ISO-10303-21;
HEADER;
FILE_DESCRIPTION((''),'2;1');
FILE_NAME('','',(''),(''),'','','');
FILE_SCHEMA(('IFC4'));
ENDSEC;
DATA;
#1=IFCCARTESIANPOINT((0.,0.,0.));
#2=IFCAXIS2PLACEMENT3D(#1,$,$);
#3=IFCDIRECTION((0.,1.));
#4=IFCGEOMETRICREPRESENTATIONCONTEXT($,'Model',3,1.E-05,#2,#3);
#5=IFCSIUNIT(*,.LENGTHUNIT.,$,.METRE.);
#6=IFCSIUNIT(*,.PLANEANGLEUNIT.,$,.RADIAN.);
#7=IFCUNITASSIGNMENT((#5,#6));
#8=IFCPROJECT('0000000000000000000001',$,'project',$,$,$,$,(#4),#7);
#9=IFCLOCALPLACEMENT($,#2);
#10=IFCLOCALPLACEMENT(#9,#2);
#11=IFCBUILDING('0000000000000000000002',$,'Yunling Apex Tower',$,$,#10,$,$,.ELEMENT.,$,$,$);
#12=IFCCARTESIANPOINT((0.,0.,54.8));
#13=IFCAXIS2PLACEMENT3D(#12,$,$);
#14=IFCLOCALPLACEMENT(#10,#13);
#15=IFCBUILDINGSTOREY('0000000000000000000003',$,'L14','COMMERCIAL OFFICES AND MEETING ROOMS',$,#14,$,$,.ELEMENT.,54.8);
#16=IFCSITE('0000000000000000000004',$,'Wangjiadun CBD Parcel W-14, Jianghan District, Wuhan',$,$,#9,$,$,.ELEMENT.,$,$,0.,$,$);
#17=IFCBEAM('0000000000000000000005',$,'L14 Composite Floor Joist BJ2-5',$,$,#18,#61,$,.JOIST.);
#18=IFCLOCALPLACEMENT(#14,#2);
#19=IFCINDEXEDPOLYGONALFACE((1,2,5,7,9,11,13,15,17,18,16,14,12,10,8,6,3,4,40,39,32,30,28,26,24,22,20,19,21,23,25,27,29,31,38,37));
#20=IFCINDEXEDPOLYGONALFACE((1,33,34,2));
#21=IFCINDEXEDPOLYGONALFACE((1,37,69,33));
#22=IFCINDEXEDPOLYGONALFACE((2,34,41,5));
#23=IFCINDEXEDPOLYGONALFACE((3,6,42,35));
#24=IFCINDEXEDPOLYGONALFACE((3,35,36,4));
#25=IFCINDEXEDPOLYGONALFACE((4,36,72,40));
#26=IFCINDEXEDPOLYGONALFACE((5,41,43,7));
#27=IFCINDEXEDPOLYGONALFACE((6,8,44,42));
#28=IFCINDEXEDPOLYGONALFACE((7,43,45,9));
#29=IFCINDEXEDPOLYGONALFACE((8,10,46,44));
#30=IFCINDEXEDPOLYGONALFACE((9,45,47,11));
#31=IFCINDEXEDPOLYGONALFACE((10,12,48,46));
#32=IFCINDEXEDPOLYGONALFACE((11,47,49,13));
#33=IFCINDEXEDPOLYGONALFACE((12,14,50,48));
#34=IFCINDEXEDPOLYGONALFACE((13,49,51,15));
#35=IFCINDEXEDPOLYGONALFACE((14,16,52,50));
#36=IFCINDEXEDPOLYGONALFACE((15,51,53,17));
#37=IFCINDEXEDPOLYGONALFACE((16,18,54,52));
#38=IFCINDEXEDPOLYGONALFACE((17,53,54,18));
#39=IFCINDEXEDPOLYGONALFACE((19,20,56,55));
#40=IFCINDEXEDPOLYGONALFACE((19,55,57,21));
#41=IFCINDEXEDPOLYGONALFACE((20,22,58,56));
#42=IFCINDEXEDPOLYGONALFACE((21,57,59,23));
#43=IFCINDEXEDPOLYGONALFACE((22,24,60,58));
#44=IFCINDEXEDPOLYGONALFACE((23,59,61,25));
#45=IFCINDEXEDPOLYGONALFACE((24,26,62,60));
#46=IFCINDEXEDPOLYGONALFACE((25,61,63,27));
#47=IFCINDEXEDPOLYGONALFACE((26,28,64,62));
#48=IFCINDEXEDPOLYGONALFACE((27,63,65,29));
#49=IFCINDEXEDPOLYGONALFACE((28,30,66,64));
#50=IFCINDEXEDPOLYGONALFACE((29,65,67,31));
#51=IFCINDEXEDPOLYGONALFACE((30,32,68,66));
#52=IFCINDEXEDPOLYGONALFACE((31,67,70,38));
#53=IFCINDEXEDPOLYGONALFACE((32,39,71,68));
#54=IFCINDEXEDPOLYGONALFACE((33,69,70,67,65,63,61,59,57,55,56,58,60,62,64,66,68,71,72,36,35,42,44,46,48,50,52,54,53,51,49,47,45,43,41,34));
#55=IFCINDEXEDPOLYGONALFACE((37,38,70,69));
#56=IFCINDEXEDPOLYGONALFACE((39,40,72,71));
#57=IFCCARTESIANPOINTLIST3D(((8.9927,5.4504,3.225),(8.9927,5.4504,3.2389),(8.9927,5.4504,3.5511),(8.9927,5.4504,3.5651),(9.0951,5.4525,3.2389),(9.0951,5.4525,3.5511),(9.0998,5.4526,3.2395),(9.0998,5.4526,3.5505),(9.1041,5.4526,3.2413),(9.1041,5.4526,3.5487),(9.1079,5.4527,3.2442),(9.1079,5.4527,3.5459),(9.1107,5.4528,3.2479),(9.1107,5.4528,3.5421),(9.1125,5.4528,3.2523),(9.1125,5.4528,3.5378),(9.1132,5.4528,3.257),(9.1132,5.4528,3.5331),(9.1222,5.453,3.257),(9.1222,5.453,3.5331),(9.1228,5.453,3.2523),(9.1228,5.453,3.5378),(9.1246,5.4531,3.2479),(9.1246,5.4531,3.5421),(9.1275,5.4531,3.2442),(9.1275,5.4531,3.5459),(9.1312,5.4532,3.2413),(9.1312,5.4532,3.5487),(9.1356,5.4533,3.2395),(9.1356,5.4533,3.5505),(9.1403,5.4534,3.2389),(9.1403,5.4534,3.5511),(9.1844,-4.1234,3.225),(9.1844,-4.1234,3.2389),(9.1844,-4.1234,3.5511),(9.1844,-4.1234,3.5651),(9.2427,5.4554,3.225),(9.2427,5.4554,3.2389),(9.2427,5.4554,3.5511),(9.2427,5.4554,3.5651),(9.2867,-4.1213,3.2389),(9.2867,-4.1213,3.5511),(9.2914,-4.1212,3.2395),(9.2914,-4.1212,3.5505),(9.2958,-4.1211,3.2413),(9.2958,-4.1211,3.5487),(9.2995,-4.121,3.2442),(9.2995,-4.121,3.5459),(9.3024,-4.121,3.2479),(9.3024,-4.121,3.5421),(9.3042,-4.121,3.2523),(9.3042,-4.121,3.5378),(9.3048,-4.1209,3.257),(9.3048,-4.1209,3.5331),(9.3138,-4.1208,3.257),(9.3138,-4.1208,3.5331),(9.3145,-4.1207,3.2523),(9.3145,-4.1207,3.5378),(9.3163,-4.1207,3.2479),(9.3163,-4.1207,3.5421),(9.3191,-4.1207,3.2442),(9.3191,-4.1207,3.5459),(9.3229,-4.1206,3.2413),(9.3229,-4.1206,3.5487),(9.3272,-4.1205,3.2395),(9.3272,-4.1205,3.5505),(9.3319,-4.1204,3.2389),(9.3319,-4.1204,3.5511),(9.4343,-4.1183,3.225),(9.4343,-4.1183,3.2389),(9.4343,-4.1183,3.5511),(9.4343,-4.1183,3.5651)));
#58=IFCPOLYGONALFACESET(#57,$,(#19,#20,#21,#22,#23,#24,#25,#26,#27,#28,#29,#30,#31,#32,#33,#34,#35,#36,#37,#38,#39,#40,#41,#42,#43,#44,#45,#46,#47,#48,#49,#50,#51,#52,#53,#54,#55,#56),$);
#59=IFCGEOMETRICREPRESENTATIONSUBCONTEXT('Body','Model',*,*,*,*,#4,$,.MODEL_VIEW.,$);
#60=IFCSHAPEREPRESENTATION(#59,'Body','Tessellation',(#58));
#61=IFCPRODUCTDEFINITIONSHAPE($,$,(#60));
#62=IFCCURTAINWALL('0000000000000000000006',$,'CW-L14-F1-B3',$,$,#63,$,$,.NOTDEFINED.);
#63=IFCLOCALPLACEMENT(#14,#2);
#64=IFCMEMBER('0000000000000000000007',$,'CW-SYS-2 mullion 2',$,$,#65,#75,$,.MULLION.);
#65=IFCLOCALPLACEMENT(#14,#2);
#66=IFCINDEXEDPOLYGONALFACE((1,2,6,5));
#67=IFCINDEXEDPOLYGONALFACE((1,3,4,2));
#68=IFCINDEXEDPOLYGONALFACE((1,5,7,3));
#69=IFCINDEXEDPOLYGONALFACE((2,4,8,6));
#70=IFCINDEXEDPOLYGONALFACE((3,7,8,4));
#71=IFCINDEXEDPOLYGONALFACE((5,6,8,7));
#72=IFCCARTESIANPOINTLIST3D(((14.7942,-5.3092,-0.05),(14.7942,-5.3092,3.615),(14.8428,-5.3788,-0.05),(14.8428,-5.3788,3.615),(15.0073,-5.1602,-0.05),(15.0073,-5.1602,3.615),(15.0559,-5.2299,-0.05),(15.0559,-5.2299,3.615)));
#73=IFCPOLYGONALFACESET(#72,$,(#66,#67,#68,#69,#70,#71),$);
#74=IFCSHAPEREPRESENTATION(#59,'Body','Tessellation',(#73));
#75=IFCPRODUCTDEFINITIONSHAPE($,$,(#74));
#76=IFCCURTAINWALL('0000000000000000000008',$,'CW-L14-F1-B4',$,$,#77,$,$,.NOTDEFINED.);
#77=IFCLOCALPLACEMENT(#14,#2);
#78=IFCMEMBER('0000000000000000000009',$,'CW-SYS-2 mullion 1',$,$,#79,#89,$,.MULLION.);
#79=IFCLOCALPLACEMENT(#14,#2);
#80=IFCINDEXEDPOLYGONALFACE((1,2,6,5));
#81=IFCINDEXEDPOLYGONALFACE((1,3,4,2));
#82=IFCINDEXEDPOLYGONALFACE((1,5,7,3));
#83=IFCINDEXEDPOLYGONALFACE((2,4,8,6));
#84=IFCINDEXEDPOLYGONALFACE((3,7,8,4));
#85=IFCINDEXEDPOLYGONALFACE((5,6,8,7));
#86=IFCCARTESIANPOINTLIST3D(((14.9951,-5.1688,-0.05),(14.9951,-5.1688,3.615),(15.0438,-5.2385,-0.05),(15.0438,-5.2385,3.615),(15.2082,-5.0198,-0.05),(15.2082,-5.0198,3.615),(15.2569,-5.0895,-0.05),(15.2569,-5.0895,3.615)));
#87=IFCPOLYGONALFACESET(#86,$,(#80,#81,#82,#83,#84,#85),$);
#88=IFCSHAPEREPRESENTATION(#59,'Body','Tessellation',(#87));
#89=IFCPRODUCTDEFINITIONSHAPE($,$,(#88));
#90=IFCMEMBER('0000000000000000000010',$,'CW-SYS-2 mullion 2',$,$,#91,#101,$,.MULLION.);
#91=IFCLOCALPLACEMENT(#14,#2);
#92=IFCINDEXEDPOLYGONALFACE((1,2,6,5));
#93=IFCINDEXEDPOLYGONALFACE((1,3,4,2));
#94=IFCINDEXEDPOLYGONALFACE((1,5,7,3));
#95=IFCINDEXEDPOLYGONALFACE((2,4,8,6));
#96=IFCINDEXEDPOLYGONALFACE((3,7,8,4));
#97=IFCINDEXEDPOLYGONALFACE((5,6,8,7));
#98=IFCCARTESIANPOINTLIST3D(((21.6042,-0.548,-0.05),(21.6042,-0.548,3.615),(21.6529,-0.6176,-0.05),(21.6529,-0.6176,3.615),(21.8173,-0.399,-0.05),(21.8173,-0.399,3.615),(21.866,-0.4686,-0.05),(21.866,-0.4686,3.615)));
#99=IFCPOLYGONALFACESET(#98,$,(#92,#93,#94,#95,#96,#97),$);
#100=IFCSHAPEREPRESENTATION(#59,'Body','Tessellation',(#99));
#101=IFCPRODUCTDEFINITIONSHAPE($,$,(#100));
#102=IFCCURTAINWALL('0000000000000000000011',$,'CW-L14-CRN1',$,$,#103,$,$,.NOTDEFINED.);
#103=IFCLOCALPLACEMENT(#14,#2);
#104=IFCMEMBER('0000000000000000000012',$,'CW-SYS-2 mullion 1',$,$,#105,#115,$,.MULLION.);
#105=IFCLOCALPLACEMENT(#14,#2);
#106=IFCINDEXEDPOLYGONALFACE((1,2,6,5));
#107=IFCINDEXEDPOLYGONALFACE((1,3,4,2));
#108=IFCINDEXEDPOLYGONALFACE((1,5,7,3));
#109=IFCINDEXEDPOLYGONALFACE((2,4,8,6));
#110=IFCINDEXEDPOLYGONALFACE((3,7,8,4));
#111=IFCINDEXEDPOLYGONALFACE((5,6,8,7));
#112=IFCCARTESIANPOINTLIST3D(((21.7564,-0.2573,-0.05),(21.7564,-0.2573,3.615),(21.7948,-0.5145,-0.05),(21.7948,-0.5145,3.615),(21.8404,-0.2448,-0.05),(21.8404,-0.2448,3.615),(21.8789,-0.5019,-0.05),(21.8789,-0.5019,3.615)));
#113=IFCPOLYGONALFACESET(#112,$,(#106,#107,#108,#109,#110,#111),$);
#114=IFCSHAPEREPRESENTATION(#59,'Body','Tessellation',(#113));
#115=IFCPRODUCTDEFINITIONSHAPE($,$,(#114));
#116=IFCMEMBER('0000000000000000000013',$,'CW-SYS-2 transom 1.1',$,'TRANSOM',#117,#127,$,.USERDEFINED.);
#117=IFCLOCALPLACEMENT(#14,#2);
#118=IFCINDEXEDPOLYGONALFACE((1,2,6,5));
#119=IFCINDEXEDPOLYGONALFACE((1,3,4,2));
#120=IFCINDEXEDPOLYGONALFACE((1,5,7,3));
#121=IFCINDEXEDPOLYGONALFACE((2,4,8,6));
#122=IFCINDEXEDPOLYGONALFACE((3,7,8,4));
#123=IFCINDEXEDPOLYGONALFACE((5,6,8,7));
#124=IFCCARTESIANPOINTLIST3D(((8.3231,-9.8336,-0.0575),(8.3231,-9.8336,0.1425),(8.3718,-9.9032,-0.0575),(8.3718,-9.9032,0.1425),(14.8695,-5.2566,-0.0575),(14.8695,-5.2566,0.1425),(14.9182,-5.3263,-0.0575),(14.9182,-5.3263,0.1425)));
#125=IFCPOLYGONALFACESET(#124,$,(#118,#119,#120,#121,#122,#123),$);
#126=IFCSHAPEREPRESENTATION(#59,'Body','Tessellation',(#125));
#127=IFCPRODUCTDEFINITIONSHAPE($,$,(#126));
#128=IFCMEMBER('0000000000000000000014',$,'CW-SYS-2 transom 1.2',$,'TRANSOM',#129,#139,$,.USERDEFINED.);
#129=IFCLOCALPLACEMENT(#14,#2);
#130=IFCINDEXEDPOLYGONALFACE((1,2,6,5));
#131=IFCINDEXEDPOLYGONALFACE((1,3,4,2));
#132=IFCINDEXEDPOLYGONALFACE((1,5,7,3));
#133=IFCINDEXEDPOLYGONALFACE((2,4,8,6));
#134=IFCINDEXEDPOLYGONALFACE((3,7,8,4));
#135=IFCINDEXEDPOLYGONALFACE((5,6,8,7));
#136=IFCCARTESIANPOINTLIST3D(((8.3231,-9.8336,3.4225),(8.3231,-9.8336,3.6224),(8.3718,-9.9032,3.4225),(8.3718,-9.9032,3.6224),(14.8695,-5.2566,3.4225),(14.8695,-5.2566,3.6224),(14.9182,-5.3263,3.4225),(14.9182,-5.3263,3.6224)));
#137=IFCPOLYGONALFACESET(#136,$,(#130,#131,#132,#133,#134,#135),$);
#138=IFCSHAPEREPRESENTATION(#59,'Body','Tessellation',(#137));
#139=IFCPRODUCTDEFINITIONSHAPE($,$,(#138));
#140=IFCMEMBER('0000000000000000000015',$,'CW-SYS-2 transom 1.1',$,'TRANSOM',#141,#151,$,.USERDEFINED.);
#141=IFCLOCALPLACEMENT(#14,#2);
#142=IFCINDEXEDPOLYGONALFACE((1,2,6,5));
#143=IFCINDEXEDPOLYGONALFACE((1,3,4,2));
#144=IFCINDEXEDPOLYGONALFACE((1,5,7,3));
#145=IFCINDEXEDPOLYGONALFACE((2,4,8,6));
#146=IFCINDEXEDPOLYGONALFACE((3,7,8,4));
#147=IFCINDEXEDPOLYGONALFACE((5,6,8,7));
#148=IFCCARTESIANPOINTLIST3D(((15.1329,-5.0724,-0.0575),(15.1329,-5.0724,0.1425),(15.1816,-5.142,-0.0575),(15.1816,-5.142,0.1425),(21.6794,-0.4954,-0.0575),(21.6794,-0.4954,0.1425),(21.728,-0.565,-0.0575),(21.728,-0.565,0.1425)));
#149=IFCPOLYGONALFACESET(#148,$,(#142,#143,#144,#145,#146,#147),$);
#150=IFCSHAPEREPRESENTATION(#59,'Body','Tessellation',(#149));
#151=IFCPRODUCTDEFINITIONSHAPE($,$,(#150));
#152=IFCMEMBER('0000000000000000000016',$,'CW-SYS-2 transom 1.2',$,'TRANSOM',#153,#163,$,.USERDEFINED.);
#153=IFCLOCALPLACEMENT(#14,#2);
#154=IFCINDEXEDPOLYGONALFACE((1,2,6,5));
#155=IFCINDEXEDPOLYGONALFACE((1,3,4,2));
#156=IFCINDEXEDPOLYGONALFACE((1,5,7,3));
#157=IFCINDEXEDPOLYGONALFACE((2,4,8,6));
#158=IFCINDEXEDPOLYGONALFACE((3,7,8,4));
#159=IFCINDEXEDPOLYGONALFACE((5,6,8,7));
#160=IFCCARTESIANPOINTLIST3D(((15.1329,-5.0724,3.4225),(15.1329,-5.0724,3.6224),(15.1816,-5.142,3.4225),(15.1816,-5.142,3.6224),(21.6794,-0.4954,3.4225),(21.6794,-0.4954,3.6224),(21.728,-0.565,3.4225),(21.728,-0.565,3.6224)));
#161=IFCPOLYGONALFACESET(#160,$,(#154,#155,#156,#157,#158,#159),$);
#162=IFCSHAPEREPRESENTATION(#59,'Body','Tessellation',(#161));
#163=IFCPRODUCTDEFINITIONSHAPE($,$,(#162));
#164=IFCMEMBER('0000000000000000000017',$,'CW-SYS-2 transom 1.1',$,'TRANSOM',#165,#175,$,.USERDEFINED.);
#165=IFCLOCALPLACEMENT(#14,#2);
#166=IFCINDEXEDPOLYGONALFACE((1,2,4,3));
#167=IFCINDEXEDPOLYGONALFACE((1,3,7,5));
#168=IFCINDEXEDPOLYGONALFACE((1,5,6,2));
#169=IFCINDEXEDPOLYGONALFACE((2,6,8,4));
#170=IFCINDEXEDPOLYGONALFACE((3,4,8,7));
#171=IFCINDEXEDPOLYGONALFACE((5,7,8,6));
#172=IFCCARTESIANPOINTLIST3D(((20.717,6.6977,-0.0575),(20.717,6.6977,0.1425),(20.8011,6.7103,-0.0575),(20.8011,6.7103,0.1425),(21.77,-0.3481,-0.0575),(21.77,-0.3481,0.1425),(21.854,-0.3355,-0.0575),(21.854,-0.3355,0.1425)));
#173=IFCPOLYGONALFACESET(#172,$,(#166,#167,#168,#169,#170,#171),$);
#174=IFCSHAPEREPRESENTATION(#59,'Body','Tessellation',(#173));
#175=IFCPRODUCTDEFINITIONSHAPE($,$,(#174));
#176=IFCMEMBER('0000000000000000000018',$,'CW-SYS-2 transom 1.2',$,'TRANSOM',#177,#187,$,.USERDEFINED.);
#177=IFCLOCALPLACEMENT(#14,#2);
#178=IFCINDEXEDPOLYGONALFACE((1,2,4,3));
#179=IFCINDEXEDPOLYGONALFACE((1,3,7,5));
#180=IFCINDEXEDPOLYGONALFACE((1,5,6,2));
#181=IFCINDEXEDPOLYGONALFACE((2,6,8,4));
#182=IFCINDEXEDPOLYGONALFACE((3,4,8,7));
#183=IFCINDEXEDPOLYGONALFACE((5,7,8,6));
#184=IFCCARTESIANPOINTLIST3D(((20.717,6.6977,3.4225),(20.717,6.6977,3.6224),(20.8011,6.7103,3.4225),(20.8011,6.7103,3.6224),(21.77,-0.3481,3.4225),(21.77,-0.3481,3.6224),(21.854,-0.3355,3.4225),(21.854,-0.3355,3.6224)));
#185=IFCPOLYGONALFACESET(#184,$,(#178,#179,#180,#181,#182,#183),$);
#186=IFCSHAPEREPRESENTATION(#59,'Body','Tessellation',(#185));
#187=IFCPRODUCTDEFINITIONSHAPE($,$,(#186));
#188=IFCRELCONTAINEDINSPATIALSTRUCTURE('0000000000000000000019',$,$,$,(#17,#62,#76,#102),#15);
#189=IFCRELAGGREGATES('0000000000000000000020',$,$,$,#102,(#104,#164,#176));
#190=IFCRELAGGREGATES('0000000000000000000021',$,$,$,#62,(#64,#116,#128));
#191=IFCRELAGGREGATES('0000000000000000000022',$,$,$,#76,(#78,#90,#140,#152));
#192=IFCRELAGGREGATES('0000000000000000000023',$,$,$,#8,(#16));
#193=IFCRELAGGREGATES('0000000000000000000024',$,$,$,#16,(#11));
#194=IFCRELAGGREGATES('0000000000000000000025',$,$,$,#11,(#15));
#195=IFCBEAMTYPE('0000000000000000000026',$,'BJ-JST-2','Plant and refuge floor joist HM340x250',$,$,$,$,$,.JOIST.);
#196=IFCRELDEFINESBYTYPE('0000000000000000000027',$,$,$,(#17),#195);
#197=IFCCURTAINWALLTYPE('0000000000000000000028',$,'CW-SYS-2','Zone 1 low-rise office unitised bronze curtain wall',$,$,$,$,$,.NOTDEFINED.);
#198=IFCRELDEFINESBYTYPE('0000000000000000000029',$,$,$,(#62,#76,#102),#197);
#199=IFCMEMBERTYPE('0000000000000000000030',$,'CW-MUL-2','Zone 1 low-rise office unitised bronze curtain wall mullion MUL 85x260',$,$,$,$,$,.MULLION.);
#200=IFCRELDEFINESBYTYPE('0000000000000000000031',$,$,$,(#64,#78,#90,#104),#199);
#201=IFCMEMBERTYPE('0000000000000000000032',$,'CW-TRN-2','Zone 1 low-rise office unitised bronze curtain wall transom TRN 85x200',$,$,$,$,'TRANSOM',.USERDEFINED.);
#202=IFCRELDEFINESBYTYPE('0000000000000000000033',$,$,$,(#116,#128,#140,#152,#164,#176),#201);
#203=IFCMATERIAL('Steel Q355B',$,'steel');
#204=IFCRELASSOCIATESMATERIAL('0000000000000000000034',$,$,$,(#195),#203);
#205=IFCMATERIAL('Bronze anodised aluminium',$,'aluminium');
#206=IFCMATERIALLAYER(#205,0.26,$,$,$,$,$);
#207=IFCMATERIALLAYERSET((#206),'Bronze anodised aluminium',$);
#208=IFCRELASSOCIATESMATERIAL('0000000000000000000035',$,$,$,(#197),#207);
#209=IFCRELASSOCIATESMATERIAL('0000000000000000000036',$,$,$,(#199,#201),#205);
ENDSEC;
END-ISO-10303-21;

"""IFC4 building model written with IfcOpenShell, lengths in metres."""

from ifc_helpers import new_model, si_unit, direction, frame, origin, origin_2d, place, context, subcontext, project, spatial, rectangle, i_section, extrude, source, transform, mapped, material, layer, layer_set, material_profile, profile_set, type_object, element, aggregate, save


model = new_model("IFC4")

# Units and contexts
model_context = context("Model", 3, precision=1e-05, world=origin(), true_north=direction((0.0, 1.0)))
body_context = subcontext(model_context, "Body", "Model", "MODEL_VIEW")
ifc_project = project(units=[si_unit("LENGTHUNIT", "METRE"), si_unit("PLANEANGLEUNIT", "RADIAN")], contexts=[model_context])

# Site, building, storey
site_placement = place(None, origin())
site = spatial("IfcSite", under=ifc_project, at=site_placement, Name="Wangjiadun CBD Parcel W-14, Jianghan District, Wuhan", CompositionType="ELEMENT", RefElevation=0.0)
building_placement = place(site_placement, origin())
building = spatial("IfcBuilding", under=site, at=building_placement, Name="Yunling Apex Tower", CompositionType="ELEMENT")
storey_placement = place(building_placement, frame((0.0, 0.0, 54.8)))
storey = spatial("IfcBuildingStorey", under=building, at=storey_placement, Name="L14", Description="COMMERCIAL OFFICES AND MEETING ROOMS", CompositionType="ELEMENT", Elevation=54.8)

# Beam
ifc_material_1 = material(Name="Steel Q355B", Category="steel")
ifc_material_profile_1 = material_profile(ifc_material_1, i_section(OverallWidth=0.25, OverallDepth=0.3401, WebThickness=0.009, FlangeThickness=0.0139, FilletRadius=0.0181, at=origin_2d()))
ifc_profile_set_1 = profile_set([ifc_material_profile_1], Name="Steel Q355B")
beam_type_1 = type_object("IfcBeamType", Name="BJ-JST-2", Description="Plant and refuge floor joist HM340x250", PredefinedType="JOIST", material=ifc_profile_set_1)
shared_shape_1 = source(origin(), body_context, "Body", "SweptSolid", [
    extrude(i_section(OverallWidth=0.25, OverallDepth=0.3401, WebThickness=0.009, FlangeThickness=0.0139, FilletRadius=0.0181, at=origin_2d()), origin(), (0.0, 0.0, 1.0), 9.5757),
])
beam_1_placement = place(storey_placement, frame((9.3093, -4.1208, 3.395), z_axis=(-0.020014, 0.9998, 0.0), x_axis=(-0.9998, -0.020014, 0.0)))
element("IfcBeam", 1, at=beam_1_placement, inside=storey, type_object=beam_type_1, Name="L14 Composite Floor Joist BJ2-5", PredefinedType="JOIST", context=body_context, shape_type="MappedRepresentation", body=[
    mapped(shared_shape_1, transform((0.0, 0.0, 0.0), scale=1.0)),
])

# Curtain wall, member
ifc_material_2 = material(Name="Bronze anodised aluminium", Category="aluminium")
ifc_layer_1 = layer(ifc_material_2, 0.26)
ifc_layer_set_1 = layer_set([ifc_layer_1], Name="Bronze anodised aluminium")
curtain_wall_type = type_object("IfcCurtainWallType", Name="CW-SYS-2", Description="Zone 1 low-rise office unitised bronze curtain wall", PredefinedType="NOTDEFINED", material=ifc_layer_set_1)
curtain_wall_1_placement = place(storey_placement, origin())
curtain_wall_1 = element("IfcCurtainWall", 2, at=curtain_wall_1_placement, inside=storey, type_object=curtain_wall_type, Name="CW-L14-F1-B3", PredefinedType="NOTDEFINED")
ifc_material_profile_2 = material_profile(ifc_material_2, rectangle(XDim=0.085, YDim=0.26, at=origin_2d()))
ifc_profile_set_2 = profile_set([ifc_material_profile_2], Name="Bronze anodised aluminium")
member_type_1 = type_object("IfcMemberType", Name="CW-MUL-2", Description="Zone 1 low-rise office unitised bronze curtain wall mullion MUL 85x260", PredefinedType="MULLION", material=ifc_profile_set_2)
shared_shape_2 = source(origin(), body_context, "Body", "SweptSolid", [
    extrude(rectangle(XDim=0.085, YDim=0.26, at=origin_2d()), origin(), (0.0, 0.0, 1.0), 3.665),
])
member_1_placement = place(storey_placement, frame((14.925, -5.2695, -0.05), z_axis=(0.0, 0.0, 1.0), x_axis=(-0.572996, 0.819558, 0.0)))
member_1 = element("IfcMember", 3, at=member_1_placement, type_object=member_type_1, Name="CW-SYS-2 mullion 2", PredefinedType="MULLION", context=body_context, shape_type="MappedRepresentation", body=[
    mapped(shared_shape_2, transform((0.0, 0.0, 0.0), scale=1.0)),
])

# Curtain wall, members
curtain_wall_2_placement = place(storey_placement, origin())
curtain_wall_2 = element("IfcCurtainWall", 4, at=curtain_wall_2_placement, inside=storey, type_object=curtain_wall_type, Name="CW-L14-F1-B4", PredefinedType="NOTDEFINED")
member_2_placement = place(storey_placement, frame((15.126, -5.1292, -0.05), z_axis=(0.0, 0.0, 1.0), x_axis=(-0.573004, 0.819552, 0.0)))
member_2 = element("IfcMember", 5, at=member_2_placement, type_object=member_type_1, Name="CW-SYS-2 mullion 1", PredefinedType="MULLION", context=body_context, shape_type="MappedRepresentation", body=[
    mapped(shared_shape_2, transform((0.0, 0.0, 0.0), scale=1.0)),
])
member_3_placement = place(storey_placement, frame((21.7351, -0.5083, -0.05), z_axis=(0.0, 0.0, 1.0), x_axis=(-0.573004, 0.819552, 0.0)))
member_3 = element("IfcMember", 6, at=member_3_placement, type_object=member_type_1, Name="CW-SYS-2 mullion 2", PredefinedType="MULLION", context=body_context, shape_type="MappedRepresentation", body=[
    mapped(shared_shape_2, transform((0.0, 0.0, 0.0), scale=1.0)),
])

# Curtain wall, member
curtain_wall_3_placement = place(storey_placement, origin())
curtain_wall_3 = element("IfcCurtainWall", 7, at=curtain_wall_3_placement, inside=storey, type_object=curtain_wall_type, Name="CW-L14-CRN1", PredefinedType="NOTDEFINED")
member_4_placement = place(storey_placement, frame((21.8176, -0.3796, -0.05), z_axis=(0.0, 0.0, 1.0), x_axis=(-0.989018, -0.147798, 0.0)))
member_4 = element("IfcMember", 8, at=member_4_placement, type_object=member_type_1, Name="CW-SYS-2 mullion 1", PredefinedType="MULLION", context=body_context, shape_type="MappedRepresentation", body=[
    mapped(shared_shape_2, transform((0.0, 0.0, 0.0), scale=1.0)),
])

# Members
ifc_material_profile_3 = material_profile(ifc_material_2, rectangle(XDim=0.085, YDim=0.2, at=origin_2d()))
ifc_profile_set_3 = profile_set([ifc_material_profile_3], Name="Bronze anodised aluminium")
member_type_2 = type_object("IfcMemberType", Name="CW-TRN-2", Description="Zone 1 low-rise office unitised bronze curtain wall transom TRN 85x200", ElementType="TRANSOM", PredefinedType="USERDEFINED", material=ifc_profile_set_3)
shared_shape_3 = source(origin(), body_context, "Body", "SweptSolid", [
    extrude(rectangle(XDim=0.085, YDim=0.2, at=origin_2d()), origin(), (0.0, 0.0, 1.0), 7.9878),
])
member_5_placement = place(storey_placement, frame((8.3474, -9.8684, 0.0425), z_axis=(0.819559, 0.572995, 0.0), x_axis=(-0.572995, 0.819559, 0.0)))
member_5 = element("IfcMember", 9, at=member_5_placement, type_object=member_type_2, Name="CW-SYS-2 transom 1.1", ObjectType="TRANSOM", PredefinedType="USERDEFINED", context=body_context, shape_type="MappedRepresentation", body=[
    mapped(shared_shape_3, transform((0.0, 0.0, 0.0), scale=1.0)),
])
member_6_placement = place(storey_placement, frame((8.3474, -9.8684, 3.5225), z_axis=(0.819559, 0.572995, 0.0), x_axis=(-0.572995, 0.819559, 0.0)))
member_6 = element("IfcMember", 10, at=member_6_placement, type_object=member_type_2, Name="CW-SYS-2 transom 1.2", ObjectType="TRANSOM", PredefinedType="USERDEFINED", context=body_context, shape_type="MappedRepresentation", body=[
    mapped(shared_shape_3, transform((0.0, 0.0, 0.0), scale=1.0)),
])
member_7_placement = place(storey_placement, frame((15.1572, -5.1072, 0.0425), z_axis=(0.819559, 0.572995, 0.0), x_axis=(-0.572995, 0.819559, 0.0)))
member_7 = element("IfcMember", 11, at=member_7_placement, type_object=member_type_2, Name="CW-SYS-2 transom 1.1", ObjectType="TRANSOM", PredefinedType="USERDEFINED", context=body_context, shape_type="MappedRepresentation", body=[
    mapped(shared_shape_3, transform((0.0, 0.0, 0.0), scale=1.0)),
])
member_8_placement = place(storey_placement, frame((15.1572, -5.1072, 3.5225), z_axis=(0.819559, 0.572995, 0.0), x_axis=(-0.572995, 0.819559, 0.0)))
member_8 = element("IfcMember", 12, at=member_8_placement, type_object=member_type_2, Name="CW-SYS-2 transom 1.2", ObjectType="TRANSOM", PredefinedType="USERDEFINED", context=body_context, shape_type="MappedRepresentation", body=[
    mapped(shared_shape_3, transform((0.0, 0.0, 0.0), scale=1.0)),
])
shared_shape_4 = source(origin(), body_context, "Body", "SweptSolid", [
    extrude(rectangle(XDim=0.085, YDim=0.2, at=origin_2d()), origin(), (0.0, 0.0, 1.0), 7.124),
])
member_9_placement = place(storey_placement, frame((21.812, -0.3418, 0.0425), z_axis=(-0.147804, 0.989017, 0.0), x_axis=(-0.989017, -0.147804, 0.0)))
member_9 = element("IfcMember", 13, at=member_9_placement, type_object=member_type_2, Name="CW-SYS-2 transom 1.1", ObjectType="TRANSOM", PredefinedType="USERDEFINED", context=body_context, shape_type="MappedRepresentation", body=[
    mapped(shared_shape_4, transform((0.0, 0.0, 0.0), scale=1.0)),
])
member_10_placement = place(storey_placement, frame((21.812, -0.3418, 3.5225), z_axis=(-0.147804, 0.989017, 0.0), x_axis=(-0.989017, -0.147804, 0.0)))
member_10 = element("IfcMember", 14, at=member_10_placement, type_object=member_type_2, Name="CW-SYS-2 transom 1.2", ObjectType="TRANSOM", PredefinedType="USERDEFINED", context=body_context, shape_type="MappedRepresentation", body=[
    mapped(shared_shape_4, transform((0.0, 0.0, 0.0), scale=1.0)),
])
aggregate(curtain_wall_3, [member_4, member_9, member_10])

aggregate(curtain_wall_1, [member_1, member_5, member_6])
aggregate(curtain_wall_2, [member_2, member_3, member_7, member_8])

save(model, "model.ifc")
